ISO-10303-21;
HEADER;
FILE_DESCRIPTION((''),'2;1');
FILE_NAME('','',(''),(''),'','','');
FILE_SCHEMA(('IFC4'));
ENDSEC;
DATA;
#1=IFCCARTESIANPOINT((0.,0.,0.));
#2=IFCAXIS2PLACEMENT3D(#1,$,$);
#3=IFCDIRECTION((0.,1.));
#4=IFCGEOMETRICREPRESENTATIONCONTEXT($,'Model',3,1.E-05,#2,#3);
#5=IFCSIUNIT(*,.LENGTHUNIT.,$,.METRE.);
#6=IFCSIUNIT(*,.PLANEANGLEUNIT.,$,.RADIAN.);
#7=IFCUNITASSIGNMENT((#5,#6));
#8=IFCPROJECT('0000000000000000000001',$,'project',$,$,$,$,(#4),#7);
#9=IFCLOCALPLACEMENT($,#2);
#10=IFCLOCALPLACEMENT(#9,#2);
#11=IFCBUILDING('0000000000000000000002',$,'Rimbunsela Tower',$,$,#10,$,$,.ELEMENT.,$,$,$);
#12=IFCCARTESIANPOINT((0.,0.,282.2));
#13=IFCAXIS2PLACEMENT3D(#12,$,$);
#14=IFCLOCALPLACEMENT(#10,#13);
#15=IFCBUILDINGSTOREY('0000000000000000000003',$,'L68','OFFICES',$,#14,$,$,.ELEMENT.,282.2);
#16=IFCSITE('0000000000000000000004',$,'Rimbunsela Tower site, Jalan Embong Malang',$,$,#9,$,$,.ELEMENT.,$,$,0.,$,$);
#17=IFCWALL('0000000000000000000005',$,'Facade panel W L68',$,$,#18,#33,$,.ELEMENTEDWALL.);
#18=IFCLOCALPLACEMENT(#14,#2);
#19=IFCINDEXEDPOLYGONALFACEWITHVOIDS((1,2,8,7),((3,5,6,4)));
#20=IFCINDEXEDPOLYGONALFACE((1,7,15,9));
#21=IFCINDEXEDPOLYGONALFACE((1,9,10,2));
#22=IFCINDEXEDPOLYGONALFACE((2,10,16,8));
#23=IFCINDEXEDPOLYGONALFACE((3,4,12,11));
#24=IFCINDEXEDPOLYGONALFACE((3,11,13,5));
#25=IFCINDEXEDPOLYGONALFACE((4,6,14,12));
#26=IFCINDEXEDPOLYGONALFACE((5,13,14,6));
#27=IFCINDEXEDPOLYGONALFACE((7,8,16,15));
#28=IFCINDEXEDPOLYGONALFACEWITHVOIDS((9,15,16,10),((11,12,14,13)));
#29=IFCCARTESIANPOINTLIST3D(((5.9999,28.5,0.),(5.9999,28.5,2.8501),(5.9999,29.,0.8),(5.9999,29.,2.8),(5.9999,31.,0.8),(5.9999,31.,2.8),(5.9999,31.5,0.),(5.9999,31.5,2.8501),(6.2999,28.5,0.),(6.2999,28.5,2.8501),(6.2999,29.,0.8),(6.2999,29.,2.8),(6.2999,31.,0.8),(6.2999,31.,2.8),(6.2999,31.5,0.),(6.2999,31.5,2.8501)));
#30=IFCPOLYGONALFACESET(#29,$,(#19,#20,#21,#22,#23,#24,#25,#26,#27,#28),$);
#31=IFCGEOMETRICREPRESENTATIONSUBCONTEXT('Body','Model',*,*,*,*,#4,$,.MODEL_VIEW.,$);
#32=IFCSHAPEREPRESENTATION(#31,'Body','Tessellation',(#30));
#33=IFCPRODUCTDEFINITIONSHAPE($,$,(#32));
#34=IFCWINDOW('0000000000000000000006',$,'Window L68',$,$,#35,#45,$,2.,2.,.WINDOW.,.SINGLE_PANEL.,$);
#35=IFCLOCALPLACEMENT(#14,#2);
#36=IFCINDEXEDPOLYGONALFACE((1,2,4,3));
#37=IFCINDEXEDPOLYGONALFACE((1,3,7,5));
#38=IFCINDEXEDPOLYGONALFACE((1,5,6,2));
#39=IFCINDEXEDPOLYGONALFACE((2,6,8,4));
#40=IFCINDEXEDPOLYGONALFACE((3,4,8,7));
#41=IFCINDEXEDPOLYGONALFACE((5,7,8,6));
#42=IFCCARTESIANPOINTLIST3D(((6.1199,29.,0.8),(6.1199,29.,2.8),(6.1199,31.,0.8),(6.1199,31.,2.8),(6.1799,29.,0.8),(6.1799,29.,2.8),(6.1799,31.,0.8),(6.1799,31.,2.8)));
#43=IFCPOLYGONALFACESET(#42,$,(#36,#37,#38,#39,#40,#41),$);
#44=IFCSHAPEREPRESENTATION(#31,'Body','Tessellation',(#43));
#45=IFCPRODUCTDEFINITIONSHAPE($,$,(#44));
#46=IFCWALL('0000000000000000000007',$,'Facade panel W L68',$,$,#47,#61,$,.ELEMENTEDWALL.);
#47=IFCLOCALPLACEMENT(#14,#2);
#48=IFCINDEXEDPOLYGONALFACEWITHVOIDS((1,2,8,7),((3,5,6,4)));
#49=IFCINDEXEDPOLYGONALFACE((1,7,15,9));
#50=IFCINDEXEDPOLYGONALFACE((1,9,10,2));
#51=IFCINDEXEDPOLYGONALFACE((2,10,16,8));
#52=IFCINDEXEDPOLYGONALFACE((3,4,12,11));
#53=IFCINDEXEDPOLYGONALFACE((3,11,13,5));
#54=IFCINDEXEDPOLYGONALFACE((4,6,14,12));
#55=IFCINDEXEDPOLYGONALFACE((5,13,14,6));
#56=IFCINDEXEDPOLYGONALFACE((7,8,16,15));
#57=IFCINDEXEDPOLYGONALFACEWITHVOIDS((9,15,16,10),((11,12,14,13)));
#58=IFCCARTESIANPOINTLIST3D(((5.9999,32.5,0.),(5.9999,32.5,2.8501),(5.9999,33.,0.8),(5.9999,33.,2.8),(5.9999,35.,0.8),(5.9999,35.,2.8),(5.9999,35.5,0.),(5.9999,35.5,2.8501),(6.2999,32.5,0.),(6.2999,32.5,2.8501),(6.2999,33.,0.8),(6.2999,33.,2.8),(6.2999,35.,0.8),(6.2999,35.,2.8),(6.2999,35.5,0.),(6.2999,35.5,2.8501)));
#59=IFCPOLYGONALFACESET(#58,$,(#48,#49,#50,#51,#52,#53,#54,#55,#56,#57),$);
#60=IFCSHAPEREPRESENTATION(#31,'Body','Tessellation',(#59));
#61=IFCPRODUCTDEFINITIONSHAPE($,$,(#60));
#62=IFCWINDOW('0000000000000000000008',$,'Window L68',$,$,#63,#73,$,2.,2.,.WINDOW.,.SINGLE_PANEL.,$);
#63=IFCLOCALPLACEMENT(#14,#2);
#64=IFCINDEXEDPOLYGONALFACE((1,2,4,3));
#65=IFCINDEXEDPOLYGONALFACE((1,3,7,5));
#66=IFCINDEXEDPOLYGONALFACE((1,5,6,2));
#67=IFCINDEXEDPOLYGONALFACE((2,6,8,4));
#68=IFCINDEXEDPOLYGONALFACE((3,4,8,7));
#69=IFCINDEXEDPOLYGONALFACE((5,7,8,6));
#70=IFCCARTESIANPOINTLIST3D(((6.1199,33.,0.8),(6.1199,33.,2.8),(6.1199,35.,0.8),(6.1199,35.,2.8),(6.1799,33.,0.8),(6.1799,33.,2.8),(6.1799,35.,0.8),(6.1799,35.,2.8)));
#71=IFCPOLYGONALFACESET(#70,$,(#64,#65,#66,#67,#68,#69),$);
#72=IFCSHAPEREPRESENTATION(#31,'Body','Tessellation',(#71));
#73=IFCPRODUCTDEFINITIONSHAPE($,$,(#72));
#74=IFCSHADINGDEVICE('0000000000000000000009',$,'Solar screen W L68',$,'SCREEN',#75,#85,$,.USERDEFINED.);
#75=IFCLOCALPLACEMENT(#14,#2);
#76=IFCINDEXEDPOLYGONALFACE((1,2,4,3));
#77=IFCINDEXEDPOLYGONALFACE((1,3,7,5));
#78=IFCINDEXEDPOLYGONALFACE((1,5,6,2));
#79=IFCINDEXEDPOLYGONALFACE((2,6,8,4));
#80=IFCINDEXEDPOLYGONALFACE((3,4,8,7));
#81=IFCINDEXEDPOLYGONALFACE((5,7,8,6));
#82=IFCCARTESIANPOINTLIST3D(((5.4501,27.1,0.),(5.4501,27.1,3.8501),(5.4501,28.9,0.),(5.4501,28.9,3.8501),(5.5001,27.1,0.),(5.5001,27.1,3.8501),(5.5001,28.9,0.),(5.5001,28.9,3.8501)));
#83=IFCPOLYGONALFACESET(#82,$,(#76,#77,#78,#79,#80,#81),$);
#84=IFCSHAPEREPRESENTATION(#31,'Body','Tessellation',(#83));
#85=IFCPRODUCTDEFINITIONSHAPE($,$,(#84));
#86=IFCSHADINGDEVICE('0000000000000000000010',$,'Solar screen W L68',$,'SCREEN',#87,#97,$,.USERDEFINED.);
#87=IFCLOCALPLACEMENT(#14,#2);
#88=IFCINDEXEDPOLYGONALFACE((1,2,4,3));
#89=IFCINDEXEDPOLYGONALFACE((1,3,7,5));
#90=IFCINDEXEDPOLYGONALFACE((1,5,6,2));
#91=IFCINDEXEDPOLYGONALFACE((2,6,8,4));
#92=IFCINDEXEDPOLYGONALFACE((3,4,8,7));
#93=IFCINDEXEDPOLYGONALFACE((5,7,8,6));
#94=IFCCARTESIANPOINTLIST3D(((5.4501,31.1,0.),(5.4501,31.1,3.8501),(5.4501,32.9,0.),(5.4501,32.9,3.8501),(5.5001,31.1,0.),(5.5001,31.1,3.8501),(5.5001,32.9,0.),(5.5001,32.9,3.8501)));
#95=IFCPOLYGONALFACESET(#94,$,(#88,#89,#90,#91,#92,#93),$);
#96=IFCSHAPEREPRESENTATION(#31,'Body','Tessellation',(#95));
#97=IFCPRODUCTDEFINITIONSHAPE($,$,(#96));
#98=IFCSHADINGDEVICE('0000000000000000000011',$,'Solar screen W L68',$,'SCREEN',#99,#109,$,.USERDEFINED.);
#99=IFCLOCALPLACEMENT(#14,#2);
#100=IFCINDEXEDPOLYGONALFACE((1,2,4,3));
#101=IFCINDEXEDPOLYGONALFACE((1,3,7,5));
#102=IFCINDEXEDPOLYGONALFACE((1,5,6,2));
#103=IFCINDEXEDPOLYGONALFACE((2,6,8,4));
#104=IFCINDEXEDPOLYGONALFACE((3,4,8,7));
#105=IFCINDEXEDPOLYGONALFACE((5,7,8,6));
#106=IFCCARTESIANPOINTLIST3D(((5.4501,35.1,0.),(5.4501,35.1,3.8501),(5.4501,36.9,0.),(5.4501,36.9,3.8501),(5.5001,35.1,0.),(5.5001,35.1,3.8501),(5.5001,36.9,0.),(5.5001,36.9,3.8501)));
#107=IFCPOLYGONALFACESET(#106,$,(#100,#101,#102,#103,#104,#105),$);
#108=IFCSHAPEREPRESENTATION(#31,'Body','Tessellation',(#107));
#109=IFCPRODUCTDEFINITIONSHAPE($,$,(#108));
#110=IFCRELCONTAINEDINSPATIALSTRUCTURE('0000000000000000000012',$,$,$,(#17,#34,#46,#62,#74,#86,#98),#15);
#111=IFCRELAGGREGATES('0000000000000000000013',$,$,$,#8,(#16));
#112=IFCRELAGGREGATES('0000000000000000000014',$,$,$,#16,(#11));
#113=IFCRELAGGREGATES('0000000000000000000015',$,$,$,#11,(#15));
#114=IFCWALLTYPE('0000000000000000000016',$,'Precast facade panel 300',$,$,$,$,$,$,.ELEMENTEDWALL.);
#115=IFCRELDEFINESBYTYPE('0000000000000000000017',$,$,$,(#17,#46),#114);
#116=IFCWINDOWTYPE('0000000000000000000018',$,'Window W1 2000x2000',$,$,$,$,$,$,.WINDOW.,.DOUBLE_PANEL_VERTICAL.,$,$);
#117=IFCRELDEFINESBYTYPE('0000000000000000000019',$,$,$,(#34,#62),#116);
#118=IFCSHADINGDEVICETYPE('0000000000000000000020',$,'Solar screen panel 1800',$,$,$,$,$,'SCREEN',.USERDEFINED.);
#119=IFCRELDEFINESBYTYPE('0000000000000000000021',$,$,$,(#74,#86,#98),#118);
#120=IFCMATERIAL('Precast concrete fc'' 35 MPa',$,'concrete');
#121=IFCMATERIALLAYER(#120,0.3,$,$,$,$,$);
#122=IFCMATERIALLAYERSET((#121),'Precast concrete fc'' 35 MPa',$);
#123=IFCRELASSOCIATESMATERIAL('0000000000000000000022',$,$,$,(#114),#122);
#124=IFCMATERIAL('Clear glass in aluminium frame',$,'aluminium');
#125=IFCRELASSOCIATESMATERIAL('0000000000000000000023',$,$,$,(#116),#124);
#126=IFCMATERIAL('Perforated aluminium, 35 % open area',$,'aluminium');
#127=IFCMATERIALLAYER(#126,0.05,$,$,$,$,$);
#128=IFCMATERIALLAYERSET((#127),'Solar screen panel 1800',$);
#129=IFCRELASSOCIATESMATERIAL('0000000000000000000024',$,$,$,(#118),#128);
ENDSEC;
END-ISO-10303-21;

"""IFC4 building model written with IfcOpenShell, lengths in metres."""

from ifc_helpers import new_model, si_unit, direction, frame, frame_2d, origin, origin_2d, place, context, subcontext, project, spatial, rectangle, extrude, material, layer, layer_set, type_object, element, fill, save


model = new_model("IFC4")

# Units and contexts
model_context = context("Model", 3, precision=1e-05, world=origin(), true_north=direction((0.0, 1.0)))
body_context = subcontext(model_context, "Body", "Model", "MODEL_VIEW")
ifc_project = project(units=[si_unit("LENGTHUNIT", "METRE"), si_unit("PLANEANGLEUNIT", "RADIAN")], contexts=[model_context])

# Site, building, storey
site_placement = place(None, origin())
site = spatial("IfcSite", under=ifc_project, at=site_placement, Name="Rimbunsela Tower site, Jalan Embong Malang", CompositionType="ELEMENT", RefElevation=0.0)
building_placement = place(site_placement, origin())
building = spatial("IfcBuilding", under=site, at=building_placement, Name="Rimbunsela Tower", CompositionType="ELEMENT")
storey_placement = place(building_placement, frame((0.0, 0.0, 282.2)))
storey = spatial("IfcBuildingStorey", under=building, at=storey_placement, Name="L68", Description="OFFICES", CompositionType="ELEMENT", Elevation=282.2)

# Walls, openings, windows
ifc_material_1 = material(Name="Precast concrete fc' 35 MPa", Category="concrete")
ifc_layer_1 = layer(ifc_material_1, 0.3)
ifc_layer_set_1 = layer_set([ifc_layer_1], Name="Precast concrete fc' 35 MPa")
wall_type_1 = type_object("IfcWallType", Name="Precast facade panel 300", PredefinedType="ELEMENTEDWALL", material=ifc_layer_set_1)
ifc_material_2 = material(Name="Clear glass in aluminium frame", Category="aluminium")
window_type = type_object("IfcWindowType", Name="Window W1 2000x2000", PartitioningType="DOUBLE_PANEL_VERTICAL", PredefinedType="WINDOW", material=ifc_material_2)
wall_1_placement = place(storey_placement, frame((6.1499, 31.5, 0.0), z_axis=(0.0, 0.0, 1.0), x_axis=(0.0, -1.0, 0.0)))
wall_1 = element("IfcWall", 1, at=wall_1_placement, inside=storey, type_object=wall_type_1, Name="Facade panel W L68", PredefinedType="ELEMENTEDWALL", context=body_context, shape_type="SweptSolid", body=[
    extrude(rectangle(XDim=3.0, YDim=0.3, at=frame_2d((1.5, 0.0))), origin(), (0.0, 0.0, 1.0), 2.8501),
])
opening_1_placement = place(wall_1_placement, frame((0.5, 0.0, 0.8)))
opening_1 = element("IfcOpeningElement", 2, at=opening_1_placement, cuts=wall_1, PredefinedType="OPENING", context=body_context, shape_type="SweptSolid", body=[
    extrude(rectangle(XDim=2.0, YDim=2.0, at=frame_2d((1.0, 1.0))), frame((0.0, 0.1599, 0.0), z_axis=(0.0, -1.0, 0.0), x_axis=(1.0, 0.0, 0.0)), (0.0, 0.0, 1.0), 0.3201),
])
window_1_placement = place(opening_1_placement, origin())
window_1 = element("IfcWindow", 3, at=window_1_placement, inside=storey, type_object=window_type, Name="Window L68", OverallHeight=2.0, OverallWidth=2.0, PartitioningType="SINGLE_PANEL", PredefinedType="WINDOW", context=body_context, shape_type="SweptSolid", body=[
    extrude(rectangle(XDim=2.0, YDim=2.0, at=frame_2d((1.0, 1.0))), frame((0.0, 0.03, 0.0), z_axis=(0.0, -1.0, 0.0), x_axis=(1.0, 0.0, 0.0)), (0.0, 0.0, 1.0), 0.0601),
])
fill(opening_1, window_1)
wall_2_placement = place(storey_placement, frame((6.1499, 35.5, 0.0), z_axis=(0.0, 0.0, 1.0), x_axis=(0.0, -1.0, 0.0)))
wall_2 = element("IfcWall", 4, at=wall_2_placement, inside=storey, type_object=wall_type_1, Name="Facade panel W L68", PredefinedType="ELEMENTEDWALL", context=body_context, shape_type="SweptSolid", body=[
    extrude(rectangle(XDim=3.0, YDim=0.3, at=frame_2d((1.5, 0.0))), origin(), (0.0, 0.0, 1.0), 2.8501),
])
opening_2_placement = place(wall_2_placement, frame((0.5, 0.0, 0.8)))
opening_2 = element("IfcOpeningElement", 5, at=opening_2_placement, cuts=wall_2, PredefinedType="OPENING", context=body_context, shape_type="SweptSolid", body=[
    extrude(rectangle(XDim=2.0, YDim=2.0, at=frame_2d((1.0, 1.0))), frame((0.0, 0.1599, 0.0), z_axis=(0.0, -1.0, 0.0), x_axis=(1.0, 0.0, 0.0)), (0.0, 0.0, 1.0), 0.3201),
])
window_2_placement = place(opening_2_placement, origin())
window_2 = element("IfcWindow", 6, at=window_2_placement, inside=storey, type_object=window_type, Name="Window L68", OverallHeight=2.0, OverallWidth=2.0, PartitioningType="SINGLE_PANEL", PredefinedType="WINDOW", context=body_context, shape_type="SweptSolid", body=[
    extrude(rectangle(XDim=2.0, YDim=2.0, at=frame_2d((1.0, 1.0))), frame((0.0, 0.03, 0.0), z_axis=(0.0, -1.0, 0.0), x_axis=(1.0, 0.0, 0.0)), (0.0, 0.0, 1.0), 0.0601),
])
fill(opening_2, window_2)

# Shading devices
ifc_material_3 = material(Name="Perforated aluminium, 35 % open area", Category="aluminium")
ifc_layer_2 = layer(ifc_material_3, 0.05)
ifc_layer_set_2 = layer_set([ifc_layer_2], Name="Solar screen panel 1800")
shading_device_type = type_object("IfcShadingDeviceType", Name="Solar screen panel 1800", ElementType="SCREEN", PredefinedType="USERDEFINED", material=ifc_layer_set_2)
for number, where, z_axis, x_axis, name in (
    (7, (5.4751, 28.0, 0.0), (0.0, 0.0, 1.0), (0.0, 1.0, 0.0), "Solar screen W L68"),
    (8, (5.4751, 32.0, 0.0), (0.0, 0.0, 1.0), (0.0, 1.0, 0.0), "Solar screen W L68"),
    (9, (5.4751, 36.0, 0.0), (0.0, 0.0, 1.0), (0.0, 1.0, 0.0), "Solar screen W L68"),
):
    element("IfcShadingDevice", number, at=place(storey_placement, frame(where, z_axis=z_axis, x_axis=x_axis)), inside=storey, type_object=shading_device_type, Name=name, ObjectType="SCREEN", PredefinedType="USERDEFINED", context=body_context, shape_type="SweptSolid", body=[
        extrude(rectangle(XDim=1.8, YDim=0.05, at=origin_2d()), origin(), (0.0, 0.0, 1.0), 3.8501),
    ])

save(model, "model.ifc")
